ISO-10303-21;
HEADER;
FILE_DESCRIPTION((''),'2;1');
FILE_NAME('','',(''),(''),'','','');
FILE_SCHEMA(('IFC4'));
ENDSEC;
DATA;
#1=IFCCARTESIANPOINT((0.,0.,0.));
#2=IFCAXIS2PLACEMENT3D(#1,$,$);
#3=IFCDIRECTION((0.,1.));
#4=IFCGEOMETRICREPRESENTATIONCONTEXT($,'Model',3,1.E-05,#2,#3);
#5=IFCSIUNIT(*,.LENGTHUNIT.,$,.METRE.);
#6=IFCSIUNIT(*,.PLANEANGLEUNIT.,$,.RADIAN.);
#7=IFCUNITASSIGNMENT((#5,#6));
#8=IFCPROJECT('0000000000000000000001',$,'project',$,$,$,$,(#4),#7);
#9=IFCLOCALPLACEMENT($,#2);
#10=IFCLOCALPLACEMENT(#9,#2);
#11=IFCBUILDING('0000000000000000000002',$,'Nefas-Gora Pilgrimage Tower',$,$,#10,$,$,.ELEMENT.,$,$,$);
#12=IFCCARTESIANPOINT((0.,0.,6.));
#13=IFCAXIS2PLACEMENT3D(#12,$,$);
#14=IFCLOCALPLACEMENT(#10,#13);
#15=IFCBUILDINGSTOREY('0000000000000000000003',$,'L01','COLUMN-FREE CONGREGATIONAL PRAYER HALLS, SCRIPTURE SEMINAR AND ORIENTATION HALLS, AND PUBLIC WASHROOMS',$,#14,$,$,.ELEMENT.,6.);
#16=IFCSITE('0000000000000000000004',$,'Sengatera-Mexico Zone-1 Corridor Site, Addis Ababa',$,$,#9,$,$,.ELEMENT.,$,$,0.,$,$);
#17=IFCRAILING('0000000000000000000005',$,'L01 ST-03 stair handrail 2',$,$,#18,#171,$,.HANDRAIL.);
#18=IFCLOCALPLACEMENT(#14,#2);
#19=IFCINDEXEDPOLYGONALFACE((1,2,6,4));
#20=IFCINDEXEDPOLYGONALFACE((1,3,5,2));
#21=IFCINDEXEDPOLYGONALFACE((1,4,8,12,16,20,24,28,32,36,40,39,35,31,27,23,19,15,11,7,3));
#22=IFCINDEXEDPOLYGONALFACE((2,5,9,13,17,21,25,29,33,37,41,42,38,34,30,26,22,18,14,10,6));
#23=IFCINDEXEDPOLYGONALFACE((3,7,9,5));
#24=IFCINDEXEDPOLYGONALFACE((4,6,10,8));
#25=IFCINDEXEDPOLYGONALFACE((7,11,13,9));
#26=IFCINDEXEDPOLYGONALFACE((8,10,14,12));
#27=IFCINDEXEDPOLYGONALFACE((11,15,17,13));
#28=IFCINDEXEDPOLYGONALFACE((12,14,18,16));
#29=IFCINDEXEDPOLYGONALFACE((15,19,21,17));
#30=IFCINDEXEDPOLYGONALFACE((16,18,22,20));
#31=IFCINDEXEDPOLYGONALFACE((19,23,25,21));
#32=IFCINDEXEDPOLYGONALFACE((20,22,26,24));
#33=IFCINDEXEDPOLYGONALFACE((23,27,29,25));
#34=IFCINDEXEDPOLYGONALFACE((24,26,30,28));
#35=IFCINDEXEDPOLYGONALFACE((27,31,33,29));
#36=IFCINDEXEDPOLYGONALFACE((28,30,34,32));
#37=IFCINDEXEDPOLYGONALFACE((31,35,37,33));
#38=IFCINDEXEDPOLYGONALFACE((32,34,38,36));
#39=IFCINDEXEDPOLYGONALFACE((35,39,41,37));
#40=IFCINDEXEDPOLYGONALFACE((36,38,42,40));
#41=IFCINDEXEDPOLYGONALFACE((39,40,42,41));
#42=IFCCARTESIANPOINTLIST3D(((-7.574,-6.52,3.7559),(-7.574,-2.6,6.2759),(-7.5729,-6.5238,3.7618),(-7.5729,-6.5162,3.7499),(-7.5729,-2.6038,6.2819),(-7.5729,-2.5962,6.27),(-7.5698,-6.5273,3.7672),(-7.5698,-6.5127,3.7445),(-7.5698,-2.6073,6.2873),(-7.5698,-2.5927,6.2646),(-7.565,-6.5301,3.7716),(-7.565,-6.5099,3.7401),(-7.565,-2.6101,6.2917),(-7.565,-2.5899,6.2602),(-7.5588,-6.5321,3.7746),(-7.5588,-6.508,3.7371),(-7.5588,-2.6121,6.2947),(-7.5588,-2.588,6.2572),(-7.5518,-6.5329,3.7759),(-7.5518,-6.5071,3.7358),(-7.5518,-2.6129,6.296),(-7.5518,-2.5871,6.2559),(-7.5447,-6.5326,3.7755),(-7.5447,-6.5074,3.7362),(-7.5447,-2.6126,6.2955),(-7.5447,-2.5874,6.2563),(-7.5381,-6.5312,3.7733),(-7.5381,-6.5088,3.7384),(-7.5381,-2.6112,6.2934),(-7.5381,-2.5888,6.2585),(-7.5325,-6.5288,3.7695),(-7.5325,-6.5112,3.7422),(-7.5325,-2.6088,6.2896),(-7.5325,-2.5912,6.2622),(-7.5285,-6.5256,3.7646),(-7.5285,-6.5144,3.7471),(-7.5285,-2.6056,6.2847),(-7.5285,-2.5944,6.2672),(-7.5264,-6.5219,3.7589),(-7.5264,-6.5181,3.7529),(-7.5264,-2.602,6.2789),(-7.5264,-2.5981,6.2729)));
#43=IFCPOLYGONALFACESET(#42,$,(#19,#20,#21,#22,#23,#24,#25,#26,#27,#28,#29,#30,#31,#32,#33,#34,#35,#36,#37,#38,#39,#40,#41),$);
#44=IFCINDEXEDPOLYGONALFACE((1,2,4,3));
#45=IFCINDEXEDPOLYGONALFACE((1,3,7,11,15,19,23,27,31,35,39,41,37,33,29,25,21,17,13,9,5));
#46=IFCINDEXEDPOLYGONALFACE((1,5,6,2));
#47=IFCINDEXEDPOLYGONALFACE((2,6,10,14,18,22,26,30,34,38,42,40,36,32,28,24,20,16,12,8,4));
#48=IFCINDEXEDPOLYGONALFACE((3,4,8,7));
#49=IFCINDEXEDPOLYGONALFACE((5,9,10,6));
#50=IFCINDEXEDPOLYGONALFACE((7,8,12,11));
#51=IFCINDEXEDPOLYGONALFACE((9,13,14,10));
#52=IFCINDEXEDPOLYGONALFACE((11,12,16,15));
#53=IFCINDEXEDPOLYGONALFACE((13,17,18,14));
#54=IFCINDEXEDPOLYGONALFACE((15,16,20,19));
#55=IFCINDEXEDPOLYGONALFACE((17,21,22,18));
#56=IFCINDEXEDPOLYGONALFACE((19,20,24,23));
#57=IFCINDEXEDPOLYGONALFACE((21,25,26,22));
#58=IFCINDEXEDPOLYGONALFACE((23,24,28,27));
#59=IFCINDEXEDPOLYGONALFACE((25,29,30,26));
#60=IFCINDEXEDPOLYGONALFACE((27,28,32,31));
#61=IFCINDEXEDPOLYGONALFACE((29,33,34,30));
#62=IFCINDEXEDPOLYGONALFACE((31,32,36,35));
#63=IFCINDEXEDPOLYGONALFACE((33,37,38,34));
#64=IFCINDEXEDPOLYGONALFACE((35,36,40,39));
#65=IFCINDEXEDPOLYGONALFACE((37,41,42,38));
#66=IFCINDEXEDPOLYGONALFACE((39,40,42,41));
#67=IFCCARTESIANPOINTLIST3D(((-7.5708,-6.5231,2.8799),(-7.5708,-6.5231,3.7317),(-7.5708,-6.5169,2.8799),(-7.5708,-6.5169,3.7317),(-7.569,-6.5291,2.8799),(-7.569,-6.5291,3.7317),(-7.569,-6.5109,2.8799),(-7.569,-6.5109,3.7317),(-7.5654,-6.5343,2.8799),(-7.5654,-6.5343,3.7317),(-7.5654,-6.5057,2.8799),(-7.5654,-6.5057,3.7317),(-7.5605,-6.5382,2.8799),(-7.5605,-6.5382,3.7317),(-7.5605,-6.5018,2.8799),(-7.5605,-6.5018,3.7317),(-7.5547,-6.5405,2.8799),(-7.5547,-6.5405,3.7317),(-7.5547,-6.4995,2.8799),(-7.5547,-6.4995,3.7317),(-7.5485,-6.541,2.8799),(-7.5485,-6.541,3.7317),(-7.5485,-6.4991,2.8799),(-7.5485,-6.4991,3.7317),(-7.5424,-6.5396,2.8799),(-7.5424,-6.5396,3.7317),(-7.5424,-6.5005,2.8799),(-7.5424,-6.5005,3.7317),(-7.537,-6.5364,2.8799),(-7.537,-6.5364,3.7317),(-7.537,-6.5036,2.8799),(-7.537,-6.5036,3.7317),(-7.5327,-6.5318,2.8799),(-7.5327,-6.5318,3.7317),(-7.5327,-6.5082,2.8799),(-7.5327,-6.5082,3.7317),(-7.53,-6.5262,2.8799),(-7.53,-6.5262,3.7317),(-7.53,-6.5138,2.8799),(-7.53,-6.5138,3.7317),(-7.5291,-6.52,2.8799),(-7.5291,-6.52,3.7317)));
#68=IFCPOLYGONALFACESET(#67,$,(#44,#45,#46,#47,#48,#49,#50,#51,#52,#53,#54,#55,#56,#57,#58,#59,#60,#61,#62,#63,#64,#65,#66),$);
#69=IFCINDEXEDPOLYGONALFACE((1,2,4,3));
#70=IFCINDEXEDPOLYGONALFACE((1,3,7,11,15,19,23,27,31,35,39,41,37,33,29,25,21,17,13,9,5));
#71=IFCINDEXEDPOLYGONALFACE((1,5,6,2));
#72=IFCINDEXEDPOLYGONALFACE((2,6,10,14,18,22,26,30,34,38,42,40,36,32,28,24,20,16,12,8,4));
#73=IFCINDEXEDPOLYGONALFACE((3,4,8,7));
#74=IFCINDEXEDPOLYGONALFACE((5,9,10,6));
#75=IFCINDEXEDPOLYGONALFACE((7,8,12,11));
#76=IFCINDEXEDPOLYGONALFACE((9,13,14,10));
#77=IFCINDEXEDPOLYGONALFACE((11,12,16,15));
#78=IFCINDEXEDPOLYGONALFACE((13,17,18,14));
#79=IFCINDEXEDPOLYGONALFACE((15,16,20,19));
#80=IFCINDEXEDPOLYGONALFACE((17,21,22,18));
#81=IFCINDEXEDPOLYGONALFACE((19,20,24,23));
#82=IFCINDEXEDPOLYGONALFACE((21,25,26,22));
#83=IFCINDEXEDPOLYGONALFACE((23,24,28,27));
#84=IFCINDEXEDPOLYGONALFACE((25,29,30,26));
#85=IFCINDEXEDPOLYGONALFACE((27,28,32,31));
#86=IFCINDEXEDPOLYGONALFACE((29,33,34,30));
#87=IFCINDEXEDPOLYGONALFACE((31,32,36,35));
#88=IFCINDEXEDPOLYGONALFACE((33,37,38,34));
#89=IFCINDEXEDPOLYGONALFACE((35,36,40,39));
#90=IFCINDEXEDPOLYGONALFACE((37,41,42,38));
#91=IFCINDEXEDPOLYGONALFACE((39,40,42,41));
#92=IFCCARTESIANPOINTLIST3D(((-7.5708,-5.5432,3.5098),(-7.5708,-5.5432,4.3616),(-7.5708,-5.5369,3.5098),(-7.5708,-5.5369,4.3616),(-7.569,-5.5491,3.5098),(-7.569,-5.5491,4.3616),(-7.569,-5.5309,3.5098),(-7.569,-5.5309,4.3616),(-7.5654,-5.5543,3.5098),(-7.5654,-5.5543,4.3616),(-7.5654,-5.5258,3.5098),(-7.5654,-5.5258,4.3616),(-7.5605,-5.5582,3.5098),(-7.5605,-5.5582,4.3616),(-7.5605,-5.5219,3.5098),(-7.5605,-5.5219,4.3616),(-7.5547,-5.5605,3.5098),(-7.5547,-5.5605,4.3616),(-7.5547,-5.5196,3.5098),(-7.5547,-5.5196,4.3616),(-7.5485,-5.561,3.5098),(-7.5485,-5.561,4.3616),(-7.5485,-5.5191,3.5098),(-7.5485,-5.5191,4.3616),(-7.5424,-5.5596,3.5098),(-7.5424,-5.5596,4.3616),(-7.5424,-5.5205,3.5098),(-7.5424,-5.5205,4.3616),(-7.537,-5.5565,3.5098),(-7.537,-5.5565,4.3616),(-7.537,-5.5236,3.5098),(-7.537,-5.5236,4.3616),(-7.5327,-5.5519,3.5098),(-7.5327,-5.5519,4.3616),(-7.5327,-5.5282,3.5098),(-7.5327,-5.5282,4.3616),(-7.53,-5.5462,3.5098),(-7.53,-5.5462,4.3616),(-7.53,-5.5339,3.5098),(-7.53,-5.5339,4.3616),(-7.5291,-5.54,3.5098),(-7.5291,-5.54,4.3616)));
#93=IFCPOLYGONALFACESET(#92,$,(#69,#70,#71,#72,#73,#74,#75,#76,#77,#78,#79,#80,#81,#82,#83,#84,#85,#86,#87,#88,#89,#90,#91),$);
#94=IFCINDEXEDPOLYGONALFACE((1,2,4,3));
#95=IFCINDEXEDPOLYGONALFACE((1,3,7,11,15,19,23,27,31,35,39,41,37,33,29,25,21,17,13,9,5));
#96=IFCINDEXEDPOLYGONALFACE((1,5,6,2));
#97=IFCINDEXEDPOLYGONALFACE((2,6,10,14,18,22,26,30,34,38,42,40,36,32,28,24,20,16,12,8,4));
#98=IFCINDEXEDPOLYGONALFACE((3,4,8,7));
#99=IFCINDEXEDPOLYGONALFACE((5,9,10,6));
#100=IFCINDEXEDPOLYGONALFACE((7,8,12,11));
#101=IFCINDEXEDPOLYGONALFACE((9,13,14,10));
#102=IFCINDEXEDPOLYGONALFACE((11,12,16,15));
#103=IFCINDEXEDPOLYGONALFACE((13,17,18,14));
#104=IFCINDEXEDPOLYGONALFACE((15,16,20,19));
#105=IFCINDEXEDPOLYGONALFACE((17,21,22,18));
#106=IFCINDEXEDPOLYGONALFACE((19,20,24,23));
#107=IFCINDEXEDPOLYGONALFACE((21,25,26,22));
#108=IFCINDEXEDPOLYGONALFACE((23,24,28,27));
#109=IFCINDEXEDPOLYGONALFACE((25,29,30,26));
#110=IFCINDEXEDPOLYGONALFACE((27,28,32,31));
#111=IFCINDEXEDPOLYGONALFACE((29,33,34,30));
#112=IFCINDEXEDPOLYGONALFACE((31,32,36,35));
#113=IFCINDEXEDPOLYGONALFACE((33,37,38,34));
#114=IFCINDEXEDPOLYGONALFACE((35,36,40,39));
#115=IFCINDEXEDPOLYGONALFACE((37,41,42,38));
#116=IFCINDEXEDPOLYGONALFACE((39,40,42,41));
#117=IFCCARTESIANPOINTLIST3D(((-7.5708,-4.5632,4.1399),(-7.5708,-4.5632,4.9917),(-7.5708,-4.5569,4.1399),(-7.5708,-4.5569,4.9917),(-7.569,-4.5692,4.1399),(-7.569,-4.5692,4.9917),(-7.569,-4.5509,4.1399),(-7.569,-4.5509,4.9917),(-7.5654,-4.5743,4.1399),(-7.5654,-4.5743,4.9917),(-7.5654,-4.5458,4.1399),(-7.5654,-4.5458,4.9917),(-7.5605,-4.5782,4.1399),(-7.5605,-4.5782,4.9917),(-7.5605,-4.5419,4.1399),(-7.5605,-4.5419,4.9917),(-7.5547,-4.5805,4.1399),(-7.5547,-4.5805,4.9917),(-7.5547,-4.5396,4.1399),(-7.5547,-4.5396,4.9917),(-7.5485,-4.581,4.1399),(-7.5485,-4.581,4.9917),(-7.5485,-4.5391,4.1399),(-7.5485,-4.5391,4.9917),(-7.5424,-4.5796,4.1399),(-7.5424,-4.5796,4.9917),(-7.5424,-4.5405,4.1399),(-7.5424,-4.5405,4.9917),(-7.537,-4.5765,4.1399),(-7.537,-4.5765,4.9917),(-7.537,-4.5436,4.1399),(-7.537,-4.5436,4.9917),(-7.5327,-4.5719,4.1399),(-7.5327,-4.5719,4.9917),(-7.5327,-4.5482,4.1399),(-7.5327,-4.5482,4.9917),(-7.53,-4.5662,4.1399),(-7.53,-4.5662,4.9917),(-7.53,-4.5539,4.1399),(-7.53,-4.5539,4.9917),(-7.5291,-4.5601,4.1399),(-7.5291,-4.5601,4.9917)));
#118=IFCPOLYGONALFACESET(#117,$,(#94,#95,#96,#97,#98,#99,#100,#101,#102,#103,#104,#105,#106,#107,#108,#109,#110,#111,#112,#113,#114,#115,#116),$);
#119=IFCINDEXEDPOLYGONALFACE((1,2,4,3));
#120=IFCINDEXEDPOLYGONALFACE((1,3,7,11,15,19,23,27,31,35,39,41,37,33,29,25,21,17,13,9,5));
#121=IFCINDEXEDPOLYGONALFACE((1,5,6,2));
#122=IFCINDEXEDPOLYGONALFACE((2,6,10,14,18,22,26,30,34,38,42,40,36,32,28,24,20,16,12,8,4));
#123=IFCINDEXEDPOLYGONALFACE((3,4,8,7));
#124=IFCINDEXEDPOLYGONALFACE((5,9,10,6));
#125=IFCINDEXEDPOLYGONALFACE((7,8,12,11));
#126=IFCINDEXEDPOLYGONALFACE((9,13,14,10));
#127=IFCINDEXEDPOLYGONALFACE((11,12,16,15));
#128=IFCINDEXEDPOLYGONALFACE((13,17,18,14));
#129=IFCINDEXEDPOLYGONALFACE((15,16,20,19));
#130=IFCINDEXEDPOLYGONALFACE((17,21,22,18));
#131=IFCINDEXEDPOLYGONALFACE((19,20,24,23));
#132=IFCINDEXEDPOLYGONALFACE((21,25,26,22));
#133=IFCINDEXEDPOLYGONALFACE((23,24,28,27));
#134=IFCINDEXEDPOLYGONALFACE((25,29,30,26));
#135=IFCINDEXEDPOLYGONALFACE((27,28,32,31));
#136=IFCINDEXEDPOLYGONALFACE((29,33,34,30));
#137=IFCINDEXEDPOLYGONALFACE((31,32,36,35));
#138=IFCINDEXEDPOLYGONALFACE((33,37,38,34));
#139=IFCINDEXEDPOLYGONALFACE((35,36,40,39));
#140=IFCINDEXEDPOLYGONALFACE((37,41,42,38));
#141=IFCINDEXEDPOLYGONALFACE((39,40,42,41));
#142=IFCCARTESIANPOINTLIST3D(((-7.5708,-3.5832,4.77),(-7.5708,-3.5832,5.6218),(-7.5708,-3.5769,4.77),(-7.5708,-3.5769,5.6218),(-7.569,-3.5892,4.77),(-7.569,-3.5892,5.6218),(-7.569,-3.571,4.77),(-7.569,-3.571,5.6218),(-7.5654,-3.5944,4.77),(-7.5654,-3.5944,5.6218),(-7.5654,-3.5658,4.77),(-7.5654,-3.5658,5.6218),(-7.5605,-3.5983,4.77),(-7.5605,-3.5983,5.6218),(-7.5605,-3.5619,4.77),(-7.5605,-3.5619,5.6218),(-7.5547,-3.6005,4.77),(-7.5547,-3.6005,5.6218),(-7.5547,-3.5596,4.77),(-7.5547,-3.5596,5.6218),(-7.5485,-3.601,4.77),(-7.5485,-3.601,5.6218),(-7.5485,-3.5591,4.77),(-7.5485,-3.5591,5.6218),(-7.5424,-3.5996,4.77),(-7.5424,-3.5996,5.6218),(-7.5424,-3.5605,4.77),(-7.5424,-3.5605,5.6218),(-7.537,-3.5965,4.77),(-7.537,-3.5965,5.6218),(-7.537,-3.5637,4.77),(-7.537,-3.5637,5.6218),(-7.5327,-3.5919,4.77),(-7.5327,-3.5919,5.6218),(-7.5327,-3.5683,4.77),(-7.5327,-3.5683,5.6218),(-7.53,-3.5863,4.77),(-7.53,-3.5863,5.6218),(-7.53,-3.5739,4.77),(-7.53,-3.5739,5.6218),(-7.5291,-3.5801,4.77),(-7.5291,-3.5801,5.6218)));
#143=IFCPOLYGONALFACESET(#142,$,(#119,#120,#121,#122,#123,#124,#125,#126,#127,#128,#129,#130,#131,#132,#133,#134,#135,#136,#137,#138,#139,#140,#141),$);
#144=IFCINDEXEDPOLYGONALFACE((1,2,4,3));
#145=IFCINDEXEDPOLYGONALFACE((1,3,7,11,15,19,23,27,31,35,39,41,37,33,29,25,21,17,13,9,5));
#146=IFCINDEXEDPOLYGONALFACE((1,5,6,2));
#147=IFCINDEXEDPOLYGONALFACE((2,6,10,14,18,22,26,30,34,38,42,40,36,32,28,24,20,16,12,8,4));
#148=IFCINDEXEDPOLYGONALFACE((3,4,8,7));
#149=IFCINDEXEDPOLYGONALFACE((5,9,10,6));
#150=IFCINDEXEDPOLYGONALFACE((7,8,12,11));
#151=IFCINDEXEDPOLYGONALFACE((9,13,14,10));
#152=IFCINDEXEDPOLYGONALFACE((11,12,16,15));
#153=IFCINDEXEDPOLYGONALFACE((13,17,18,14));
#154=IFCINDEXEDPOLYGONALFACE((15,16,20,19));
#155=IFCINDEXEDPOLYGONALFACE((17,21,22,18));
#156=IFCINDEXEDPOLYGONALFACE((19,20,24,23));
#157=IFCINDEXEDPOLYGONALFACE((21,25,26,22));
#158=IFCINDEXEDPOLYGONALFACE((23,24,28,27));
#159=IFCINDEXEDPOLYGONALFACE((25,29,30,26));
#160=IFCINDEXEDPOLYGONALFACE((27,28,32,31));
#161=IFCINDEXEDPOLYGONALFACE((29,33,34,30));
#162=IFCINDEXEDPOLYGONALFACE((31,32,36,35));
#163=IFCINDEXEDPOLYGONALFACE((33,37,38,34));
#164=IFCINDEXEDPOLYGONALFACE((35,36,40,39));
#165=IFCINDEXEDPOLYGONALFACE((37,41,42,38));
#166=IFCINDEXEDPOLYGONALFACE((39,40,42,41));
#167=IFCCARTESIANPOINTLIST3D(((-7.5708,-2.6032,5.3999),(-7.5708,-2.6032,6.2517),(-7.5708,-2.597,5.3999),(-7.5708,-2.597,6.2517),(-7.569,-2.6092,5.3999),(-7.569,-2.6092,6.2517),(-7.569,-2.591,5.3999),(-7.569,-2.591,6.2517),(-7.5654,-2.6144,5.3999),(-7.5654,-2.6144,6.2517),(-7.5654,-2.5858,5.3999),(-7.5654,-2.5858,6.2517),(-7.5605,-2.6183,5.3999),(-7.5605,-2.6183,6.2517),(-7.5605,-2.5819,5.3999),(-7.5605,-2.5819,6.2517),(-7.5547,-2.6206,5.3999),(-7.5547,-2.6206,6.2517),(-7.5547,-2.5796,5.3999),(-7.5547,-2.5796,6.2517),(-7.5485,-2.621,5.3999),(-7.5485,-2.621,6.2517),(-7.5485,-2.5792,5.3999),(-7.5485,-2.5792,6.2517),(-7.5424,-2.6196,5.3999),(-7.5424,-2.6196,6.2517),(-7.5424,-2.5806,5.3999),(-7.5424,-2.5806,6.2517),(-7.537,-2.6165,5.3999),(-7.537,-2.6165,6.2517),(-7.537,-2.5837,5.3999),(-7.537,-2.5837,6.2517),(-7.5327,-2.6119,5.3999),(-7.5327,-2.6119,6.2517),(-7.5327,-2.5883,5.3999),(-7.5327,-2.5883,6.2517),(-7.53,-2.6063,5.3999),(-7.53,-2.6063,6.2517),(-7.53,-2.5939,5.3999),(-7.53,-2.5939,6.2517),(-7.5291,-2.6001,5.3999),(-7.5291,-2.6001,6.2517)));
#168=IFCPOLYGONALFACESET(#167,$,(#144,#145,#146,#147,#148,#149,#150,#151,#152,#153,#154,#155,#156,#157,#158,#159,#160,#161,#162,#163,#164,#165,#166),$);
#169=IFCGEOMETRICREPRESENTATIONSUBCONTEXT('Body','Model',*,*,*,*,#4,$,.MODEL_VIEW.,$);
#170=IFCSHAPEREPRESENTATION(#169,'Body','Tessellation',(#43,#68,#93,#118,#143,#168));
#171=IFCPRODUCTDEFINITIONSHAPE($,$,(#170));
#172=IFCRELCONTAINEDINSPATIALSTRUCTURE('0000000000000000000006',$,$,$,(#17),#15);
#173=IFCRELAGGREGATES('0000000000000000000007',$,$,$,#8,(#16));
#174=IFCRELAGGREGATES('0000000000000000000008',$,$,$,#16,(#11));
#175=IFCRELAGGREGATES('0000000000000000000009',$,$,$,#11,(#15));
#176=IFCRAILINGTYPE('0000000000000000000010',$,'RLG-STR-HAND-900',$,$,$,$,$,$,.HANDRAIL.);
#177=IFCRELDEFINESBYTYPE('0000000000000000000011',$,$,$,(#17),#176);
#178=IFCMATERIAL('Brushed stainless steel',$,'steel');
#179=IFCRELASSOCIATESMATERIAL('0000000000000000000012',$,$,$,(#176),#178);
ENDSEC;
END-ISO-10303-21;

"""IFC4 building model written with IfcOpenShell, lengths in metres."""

from ifc_helpers import new_model, si_unit, direction, frame, origin, origin_2d, place, context, subcontext, project, spatial, circle, extrude, material, type_object, element, save


model = new_model("IFC4")

# Units and contexts
model_context = context("Model", 3, precision=1e-05, world=origin(), true_north=direction((0.0, 1.0)))
body_context = subcontext(model_context, "Body", "Model", "MODEL_VIEW")
ifc_project = project(units=[si_unit("LENGTHUNIT", "METRE"), si_unit("PLANEANGLEUNIT", "RADIAN")], contexts=[model_context])

# Site, building, storey
site_placement = place(None, origin())
site = spatial("IfcSite", under=ifc_project, at=site_placement, Name="Sengatera-Mexico Zone-1 Corridor Site, Addis Ababa", CompositionType="ELEMENT", RefElevation=0.0)
building_placement = place(site_placement, origin())
building = spatial("IfcBuilding", under=site, at=building_placement, Name="Nefas-Gora Pilgrimage Tower", CompositionType="ELEMENT")
storey_placement = place(building_placement, frame((0.0, 0.0, 6.0)))
storey = spatial("IfcBuildingStorey", under=building, at=storey_placement, Name="L01", Description="COLUMN-FREE CONGREGATIONAL PRAYER HALLS, SCRIPTURE SEMINAR AND ORIENTATION HALLS, AND PUBLIC WASHROOMS", CompositionType="ELEMENT", Elevation=6.0)

# Railing
ifc_material_1 = material(Name="Brushed stainless steel", Category="steel")
railing_type_1 = type_object("IfcRailingType", Name="RLG-STR-HAND-900", PredefinedType="HANDRAIL", material=ifc_material_1)
railing_1_placement = place(storey_placement, frame((-7.55, -6.52, 2.8799)))
element("IfcRailing", 1, at=railing_1_placement, inside=storey, type_object=railing_type_1, Name="L01 ST-03 stair handrail 2", PredefinedType="HANDRAIL", context=body_context, shape_type="SweptSolid", body=[
    extrude(circle(Radius=0.0239, at=origin_2d()), frame((0.0, 0.0, 0.876), z_axis=(0.0, 0.841172, 0.540768), x_axis=(-1.0, 0.0, 0.0)), (0.0, 0.0, 1.0), 4.6602),
    extrude(circle(Radius=0.021, at=origin_2d()), origin(), (0.0, 0.0, 1.0), 0.8518),
    extrude(circle(Radius=0.021, at=origin_2d()), frame((0.0, 0.98, 0.6299)), (0.0, 0.0, 1.0), 0.8518),
    extrude(circle(Radius=0.021, at=origin_2d()), frame((0.0, 1.96, 1.26)), (0.0, 0.0, 1.0), 0.8518),
    extrude(circle(Radius=0.021, at=origin_2d()), frame((0.0, 2.9399, 1.8901)), (0.0, 0.0, 1.0), 0.8518),
    extrude(circle(Radius=0.021, at=origin_2d()), frame((0.0, 3.9199, 2.52)), (0.0, 0.0, 1.0), 0.8518),
])

save(model, "model.ifc")
